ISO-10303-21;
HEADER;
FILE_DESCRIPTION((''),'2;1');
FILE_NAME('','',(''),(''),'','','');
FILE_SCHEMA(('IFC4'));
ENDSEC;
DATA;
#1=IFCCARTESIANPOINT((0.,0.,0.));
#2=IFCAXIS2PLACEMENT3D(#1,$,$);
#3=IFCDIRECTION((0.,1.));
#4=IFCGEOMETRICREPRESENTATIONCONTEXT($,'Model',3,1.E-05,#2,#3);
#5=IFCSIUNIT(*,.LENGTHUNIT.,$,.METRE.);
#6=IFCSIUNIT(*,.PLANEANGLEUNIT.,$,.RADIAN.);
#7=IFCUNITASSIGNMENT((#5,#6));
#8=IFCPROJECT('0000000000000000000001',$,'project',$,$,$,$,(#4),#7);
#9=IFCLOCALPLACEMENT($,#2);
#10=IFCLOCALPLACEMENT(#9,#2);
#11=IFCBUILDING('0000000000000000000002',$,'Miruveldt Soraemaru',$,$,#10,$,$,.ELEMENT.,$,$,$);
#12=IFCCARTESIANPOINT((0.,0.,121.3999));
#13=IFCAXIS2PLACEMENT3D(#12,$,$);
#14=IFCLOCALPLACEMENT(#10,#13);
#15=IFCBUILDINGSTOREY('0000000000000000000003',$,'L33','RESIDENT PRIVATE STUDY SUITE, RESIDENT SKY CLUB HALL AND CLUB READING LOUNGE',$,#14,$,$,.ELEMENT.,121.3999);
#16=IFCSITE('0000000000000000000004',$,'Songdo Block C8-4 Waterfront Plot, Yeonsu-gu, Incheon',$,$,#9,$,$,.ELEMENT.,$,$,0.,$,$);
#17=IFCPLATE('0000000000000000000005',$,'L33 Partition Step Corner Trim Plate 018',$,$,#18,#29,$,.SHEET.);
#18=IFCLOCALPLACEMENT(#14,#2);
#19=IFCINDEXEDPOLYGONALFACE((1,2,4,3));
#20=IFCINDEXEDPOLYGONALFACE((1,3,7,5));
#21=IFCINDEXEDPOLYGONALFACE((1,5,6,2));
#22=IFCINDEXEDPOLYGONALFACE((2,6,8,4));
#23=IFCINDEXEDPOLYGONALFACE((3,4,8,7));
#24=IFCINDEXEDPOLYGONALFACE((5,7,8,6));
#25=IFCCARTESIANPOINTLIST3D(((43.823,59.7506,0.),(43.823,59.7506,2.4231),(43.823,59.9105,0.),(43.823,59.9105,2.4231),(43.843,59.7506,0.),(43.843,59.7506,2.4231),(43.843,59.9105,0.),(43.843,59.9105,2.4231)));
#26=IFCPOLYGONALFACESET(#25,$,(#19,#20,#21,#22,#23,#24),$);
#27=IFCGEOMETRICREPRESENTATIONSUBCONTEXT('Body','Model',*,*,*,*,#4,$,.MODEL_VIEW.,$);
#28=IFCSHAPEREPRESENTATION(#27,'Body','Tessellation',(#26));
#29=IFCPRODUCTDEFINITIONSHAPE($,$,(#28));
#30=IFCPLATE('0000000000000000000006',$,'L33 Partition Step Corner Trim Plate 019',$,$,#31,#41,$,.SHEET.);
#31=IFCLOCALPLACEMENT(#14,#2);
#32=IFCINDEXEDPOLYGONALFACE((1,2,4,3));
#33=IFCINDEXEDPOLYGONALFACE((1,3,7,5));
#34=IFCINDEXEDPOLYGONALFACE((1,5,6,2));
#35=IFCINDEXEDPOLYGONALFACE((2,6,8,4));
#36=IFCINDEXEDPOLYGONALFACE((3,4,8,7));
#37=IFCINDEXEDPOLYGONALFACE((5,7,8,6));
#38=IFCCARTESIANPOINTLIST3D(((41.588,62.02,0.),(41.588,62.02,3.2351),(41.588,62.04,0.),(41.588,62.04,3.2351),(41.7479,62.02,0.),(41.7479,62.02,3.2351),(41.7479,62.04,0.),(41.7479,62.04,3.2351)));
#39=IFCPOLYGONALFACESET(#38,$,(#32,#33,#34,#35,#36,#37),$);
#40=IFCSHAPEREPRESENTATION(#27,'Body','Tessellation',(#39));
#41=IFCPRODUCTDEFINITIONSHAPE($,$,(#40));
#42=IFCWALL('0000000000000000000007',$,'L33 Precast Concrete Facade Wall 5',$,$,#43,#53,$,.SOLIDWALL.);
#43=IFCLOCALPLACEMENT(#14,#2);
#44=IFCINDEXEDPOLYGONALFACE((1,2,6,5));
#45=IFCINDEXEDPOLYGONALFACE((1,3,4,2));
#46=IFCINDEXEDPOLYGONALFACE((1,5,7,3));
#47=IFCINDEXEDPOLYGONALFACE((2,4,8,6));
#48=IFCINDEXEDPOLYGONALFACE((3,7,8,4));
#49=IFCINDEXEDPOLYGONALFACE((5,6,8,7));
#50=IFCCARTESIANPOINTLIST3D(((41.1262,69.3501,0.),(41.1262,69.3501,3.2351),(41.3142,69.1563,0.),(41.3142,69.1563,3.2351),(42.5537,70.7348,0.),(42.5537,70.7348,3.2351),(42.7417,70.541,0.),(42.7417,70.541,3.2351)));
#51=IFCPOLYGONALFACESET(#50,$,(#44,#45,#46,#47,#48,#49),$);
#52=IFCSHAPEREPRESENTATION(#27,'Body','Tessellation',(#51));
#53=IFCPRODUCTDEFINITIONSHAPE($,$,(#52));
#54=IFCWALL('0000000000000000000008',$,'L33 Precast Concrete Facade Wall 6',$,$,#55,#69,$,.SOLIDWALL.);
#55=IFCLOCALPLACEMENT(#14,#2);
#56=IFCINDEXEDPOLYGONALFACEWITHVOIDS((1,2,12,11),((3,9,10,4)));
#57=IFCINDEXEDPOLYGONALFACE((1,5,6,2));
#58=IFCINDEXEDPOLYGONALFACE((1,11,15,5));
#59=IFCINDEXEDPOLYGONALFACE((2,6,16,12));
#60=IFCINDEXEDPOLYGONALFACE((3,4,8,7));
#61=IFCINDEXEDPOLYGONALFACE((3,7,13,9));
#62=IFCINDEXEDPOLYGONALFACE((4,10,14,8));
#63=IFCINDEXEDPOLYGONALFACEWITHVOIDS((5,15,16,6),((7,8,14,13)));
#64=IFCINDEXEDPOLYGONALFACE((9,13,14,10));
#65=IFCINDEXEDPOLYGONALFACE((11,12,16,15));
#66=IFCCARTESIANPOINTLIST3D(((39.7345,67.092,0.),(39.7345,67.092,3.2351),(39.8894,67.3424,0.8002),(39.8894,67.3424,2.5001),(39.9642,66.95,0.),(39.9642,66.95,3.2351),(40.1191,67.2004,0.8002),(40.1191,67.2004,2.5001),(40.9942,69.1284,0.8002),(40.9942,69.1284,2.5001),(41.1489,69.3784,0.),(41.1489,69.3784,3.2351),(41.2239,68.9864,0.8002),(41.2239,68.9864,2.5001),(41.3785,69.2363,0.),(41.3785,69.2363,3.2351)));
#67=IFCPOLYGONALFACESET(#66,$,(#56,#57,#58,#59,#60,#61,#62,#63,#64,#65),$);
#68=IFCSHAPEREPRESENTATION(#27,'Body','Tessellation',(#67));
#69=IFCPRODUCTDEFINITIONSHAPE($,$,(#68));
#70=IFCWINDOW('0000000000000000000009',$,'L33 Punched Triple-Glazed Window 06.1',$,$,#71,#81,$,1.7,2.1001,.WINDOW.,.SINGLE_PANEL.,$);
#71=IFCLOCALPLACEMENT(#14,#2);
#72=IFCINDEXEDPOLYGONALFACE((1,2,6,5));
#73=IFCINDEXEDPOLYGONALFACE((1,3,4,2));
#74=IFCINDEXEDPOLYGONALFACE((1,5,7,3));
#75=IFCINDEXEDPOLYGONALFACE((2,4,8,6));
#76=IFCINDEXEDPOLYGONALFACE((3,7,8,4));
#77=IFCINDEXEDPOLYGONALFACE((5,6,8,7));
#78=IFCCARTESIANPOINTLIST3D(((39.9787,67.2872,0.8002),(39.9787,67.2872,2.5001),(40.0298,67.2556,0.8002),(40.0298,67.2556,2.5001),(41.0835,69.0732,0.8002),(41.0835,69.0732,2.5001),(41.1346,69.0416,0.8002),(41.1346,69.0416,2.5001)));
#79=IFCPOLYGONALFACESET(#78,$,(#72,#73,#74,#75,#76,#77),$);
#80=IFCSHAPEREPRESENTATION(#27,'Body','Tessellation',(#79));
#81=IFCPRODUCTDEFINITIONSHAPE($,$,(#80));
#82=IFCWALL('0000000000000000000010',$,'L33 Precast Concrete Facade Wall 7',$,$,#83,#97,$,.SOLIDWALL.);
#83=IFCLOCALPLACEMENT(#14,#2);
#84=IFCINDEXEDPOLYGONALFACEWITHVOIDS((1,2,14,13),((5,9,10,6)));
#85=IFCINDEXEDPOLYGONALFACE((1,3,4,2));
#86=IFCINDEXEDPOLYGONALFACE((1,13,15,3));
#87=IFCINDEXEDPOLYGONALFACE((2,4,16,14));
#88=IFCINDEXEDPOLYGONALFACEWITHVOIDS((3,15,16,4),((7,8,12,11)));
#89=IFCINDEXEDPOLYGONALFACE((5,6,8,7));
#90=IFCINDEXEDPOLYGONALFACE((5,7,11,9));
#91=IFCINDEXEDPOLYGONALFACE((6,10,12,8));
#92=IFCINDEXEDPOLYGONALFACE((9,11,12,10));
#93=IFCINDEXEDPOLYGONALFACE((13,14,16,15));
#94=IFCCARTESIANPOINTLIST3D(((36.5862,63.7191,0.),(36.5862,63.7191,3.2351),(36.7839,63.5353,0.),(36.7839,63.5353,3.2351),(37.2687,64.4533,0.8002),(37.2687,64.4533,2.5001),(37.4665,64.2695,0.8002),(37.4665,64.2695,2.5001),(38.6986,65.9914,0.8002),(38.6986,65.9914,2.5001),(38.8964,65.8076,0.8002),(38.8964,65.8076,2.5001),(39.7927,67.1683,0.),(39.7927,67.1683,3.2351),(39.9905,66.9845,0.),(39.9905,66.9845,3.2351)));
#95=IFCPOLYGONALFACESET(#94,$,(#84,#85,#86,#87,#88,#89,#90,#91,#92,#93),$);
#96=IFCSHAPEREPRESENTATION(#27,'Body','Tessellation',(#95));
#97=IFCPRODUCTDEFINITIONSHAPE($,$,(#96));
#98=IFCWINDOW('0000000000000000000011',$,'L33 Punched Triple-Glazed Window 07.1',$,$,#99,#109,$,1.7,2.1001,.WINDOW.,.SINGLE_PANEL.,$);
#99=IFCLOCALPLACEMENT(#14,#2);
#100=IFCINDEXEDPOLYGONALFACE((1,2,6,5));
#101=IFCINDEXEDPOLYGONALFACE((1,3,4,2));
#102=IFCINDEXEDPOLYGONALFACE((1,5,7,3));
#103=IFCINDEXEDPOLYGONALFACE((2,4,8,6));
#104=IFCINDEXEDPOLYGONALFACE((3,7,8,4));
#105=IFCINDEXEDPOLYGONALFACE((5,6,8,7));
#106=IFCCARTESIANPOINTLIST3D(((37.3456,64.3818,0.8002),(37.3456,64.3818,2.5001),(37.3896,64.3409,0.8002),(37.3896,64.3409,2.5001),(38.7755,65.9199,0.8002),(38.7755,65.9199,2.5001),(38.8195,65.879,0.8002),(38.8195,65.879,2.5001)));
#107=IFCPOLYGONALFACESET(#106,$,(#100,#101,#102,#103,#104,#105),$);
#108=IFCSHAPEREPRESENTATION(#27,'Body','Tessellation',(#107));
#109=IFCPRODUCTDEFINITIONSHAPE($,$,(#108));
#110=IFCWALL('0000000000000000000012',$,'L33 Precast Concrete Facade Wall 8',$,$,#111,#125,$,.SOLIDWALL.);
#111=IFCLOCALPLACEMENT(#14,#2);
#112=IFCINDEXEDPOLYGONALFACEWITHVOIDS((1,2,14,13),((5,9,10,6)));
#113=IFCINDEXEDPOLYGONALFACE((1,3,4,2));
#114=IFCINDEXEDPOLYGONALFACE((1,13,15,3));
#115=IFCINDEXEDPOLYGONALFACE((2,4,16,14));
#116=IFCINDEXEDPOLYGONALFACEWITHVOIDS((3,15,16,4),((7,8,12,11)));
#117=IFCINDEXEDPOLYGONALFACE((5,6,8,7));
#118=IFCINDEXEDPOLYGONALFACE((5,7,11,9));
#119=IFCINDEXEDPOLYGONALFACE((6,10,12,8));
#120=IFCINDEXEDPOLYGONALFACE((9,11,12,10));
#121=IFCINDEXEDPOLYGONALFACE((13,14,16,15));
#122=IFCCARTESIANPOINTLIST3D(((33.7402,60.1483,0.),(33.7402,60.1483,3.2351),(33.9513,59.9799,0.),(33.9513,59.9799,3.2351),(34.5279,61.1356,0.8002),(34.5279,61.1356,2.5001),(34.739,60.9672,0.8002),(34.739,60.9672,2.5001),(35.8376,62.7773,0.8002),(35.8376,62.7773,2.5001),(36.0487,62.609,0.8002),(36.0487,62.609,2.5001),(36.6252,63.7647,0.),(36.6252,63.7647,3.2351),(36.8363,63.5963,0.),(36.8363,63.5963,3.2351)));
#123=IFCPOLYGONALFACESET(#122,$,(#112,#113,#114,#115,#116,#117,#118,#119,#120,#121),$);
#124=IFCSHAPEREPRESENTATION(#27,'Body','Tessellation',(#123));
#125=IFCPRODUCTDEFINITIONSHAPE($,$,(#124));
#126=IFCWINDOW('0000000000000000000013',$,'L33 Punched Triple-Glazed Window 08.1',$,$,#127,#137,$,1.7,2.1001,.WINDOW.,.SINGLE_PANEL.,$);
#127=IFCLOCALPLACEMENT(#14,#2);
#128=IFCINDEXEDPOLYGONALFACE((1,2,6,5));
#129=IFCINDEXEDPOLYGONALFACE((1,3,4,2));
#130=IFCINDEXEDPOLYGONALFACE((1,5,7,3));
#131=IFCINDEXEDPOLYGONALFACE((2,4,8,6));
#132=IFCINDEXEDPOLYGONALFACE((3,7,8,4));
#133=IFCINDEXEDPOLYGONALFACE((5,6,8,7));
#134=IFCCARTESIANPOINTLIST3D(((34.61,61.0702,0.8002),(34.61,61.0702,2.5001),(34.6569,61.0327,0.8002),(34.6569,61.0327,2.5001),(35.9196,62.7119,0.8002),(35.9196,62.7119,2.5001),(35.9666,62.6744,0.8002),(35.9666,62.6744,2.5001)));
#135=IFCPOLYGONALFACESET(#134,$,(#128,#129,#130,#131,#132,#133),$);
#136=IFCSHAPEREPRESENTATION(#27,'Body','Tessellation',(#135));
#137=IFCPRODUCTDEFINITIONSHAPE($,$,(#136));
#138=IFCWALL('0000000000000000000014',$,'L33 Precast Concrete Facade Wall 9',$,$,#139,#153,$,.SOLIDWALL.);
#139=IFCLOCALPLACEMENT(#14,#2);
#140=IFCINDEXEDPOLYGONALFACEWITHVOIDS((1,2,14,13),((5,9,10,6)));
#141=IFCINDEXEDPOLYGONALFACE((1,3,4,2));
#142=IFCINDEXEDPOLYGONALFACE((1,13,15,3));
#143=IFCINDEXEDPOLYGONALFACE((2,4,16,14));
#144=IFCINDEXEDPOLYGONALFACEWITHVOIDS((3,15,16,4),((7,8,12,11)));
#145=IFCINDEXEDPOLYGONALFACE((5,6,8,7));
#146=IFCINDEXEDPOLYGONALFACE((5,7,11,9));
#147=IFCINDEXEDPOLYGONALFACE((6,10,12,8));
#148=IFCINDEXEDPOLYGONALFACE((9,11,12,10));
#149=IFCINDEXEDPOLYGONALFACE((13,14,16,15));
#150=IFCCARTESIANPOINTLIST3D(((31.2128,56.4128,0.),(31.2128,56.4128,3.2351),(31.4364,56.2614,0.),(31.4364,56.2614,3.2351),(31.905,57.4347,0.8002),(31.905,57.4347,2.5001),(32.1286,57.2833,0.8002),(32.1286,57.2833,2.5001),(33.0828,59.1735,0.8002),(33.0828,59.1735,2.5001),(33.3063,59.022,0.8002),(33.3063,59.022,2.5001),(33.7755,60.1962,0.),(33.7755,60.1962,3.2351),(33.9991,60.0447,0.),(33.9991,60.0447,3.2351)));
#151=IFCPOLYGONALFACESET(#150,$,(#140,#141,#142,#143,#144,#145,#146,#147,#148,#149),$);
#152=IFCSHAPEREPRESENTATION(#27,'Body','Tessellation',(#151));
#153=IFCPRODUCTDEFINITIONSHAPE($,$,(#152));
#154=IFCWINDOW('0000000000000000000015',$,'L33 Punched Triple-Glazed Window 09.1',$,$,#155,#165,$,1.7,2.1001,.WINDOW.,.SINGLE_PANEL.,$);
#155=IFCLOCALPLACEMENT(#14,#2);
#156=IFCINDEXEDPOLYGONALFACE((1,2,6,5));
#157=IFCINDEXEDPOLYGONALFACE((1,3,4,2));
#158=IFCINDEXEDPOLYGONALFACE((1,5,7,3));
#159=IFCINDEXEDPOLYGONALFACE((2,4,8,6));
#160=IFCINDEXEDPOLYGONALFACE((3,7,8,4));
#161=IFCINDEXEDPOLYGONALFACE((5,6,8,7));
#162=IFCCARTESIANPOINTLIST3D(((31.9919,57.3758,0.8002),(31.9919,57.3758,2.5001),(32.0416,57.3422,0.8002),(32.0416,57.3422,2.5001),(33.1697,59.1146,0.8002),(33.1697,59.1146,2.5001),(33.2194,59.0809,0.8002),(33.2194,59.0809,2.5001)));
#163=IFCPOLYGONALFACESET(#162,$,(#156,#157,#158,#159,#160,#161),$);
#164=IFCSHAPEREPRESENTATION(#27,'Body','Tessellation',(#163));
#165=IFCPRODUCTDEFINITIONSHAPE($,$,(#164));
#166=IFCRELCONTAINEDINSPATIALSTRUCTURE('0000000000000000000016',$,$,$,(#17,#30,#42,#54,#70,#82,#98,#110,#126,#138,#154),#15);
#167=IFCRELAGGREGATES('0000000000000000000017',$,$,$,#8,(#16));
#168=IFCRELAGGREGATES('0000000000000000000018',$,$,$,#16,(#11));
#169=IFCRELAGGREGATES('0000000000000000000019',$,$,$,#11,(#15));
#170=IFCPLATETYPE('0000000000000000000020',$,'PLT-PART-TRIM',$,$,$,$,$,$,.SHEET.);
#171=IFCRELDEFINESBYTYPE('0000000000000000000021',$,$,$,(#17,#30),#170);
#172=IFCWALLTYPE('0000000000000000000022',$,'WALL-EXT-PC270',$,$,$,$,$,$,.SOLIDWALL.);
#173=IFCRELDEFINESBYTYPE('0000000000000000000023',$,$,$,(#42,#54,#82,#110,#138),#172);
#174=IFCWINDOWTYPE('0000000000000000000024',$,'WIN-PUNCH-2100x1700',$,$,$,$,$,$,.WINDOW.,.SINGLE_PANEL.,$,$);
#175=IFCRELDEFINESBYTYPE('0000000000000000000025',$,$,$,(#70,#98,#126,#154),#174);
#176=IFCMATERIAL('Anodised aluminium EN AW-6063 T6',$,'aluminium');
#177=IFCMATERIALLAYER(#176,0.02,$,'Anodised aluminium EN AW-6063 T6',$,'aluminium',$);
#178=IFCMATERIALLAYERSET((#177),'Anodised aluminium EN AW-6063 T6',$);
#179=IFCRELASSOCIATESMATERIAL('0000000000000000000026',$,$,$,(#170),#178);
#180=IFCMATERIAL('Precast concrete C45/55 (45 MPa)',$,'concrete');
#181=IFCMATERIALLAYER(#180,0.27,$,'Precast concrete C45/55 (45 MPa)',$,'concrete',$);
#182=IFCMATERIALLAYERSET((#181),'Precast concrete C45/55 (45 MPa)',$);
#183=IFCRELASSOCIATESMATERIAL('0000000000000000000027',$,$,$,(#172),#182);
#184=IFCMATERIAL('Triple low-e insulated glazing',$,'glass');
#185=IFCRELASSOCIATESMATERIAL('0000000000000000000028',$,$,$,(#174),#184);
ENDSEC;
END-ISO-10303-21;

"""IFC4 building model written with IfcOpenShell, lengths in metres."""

from ifc_helpers import new_model, si_unit, direction, frame, frame_2d, origin, origin_2d, place, context, subcontext, project, spatial, rectangle, extrude, material, layer, layer_set, type_object, element, fill, save


model = new_model("IFC4")

# Units and contexts
model_context = context("Model", 3, precision=1e-05, world=origin(), true_north=direction((0.0, 1.0)))
body_context = subcontext(model_context, "Body", "Model", "MODEL_VIEW")
ifc_project = project(units=[si_unit("LENGTHUNIT", "METRE"), si_unit("PLANEANGLEUNIT", "RADIAN")], contexts=[model_context])

# Site, building, storey
site_placement = place(None, origin())
site = spatial("IfcSite", under=ifc_project, at=site_placement, Name="Songdo Block C8-4 Waterfront Plot, Yeonsu-gu, Incheon", CompositionType="ELEMENT", RefElevation=0.0)
building_placement = place(site_placement, origin())
building = spatial("IfcBuilding", under=site, at=building_placement, Name="Miruveldt Soraemaru", CompositionType="ELEMENT")
storey_placement = place(building_placement, frame((0.0, 0.0, 121.3999)))
storey = spatial("IfcBuildingStorey", under=building, at=storey_placement, Name="L33", Description="RESIDENT PRIVATE STUDY SUITE, RESIDENT SKY CLUB HALL AND CLUB READING LOUNGE", CompositionType="ELEMENT", Elevation=121.3999)

# Plates
ifc_material_1 = material(Name="Anodised aluminium EN AW-6063 T6", Category="aluminium")
ifc_layer_1 = layer(ifc_material_1, 0.02, Name="Anodised aluminium EN AW-6063 T6", Category="aluminium")
ifc_layer_set_1 = layer_set([ifc_layer_1], Name="Anodised aluminium EN AW-6063 T6")
plate_type = type_object("IfcPlateType", Name="PLT-PART-TRIM", PredefinedType="SHEET", material=ifc_layer_set_1)
plate_1_placement = place(storey_placement, frame((43.833, 59.8306, 0.0), z_axis=(0.0, 0.0, 1.0), x_axis=(0.0, 1.0, 0.0)))
element("IfcPlate", 1, at=plate_1_placement, inside=storey, type_object=plate_type, Name="L33 Partition Step Corner Trim Plate 018", PredefinedType="SHEET", context=body_context, shape_type="SweptSolid", body=[
    extrude(rectangle(XDim=0.1599, YDim=0.02, at=origin_2d()), origin(), (0.0, 0.0, 1.0), 2.4231),
])
plate_2_placement = place(storey_placement, frame((41.668, 62.03, 0.0), z_axis=(0.0, 0.0, 1.0), x_axis=(-1.0, 0.0, 0.0)))
element("IfcPlate", 2, at=plate_2_placement, inside=storey, type_object=plate_type, Name="L33 Partition Step Corner Trim Plate 019", PredefinedType="SHEET", context=body_context, shape_type="SweptSolid", body=[
    extrude(rectangle(XDim=0.1599, YDim=0.02, at=origin_2d()), origin(), (0.0, 0.0, 1.0), 3.2351),
])

# Wall
ifc_material_2 = material(Name="Precast concrete C45/55 (45 MPa)", Category="concrete")
ifc_layer_2 = layer(ifc_material_2, 0.27, Name="Precast concrete C45/55 (45 MPa)", Category="concrete")
ifc_layer_set_2 = layer_set([ifc_layer_2], Name="Precast concrete C45/55 (45 MPa)")
wall_type_1 = type_object("IfcWallType", Name="WALL-EXT-PC270", PredefinedType="SOLIDWALL", material=ifc_layer_set_2)
wall_1_placement = place(storey_placement, frame((42.6477, 70.6379, 0.0), z_axis=(0.0, 0.0, 1.0), x_axis=(-0.717767, -0.696284, 0.0)))
element("IfcWall", 3, at=wall_1_placement, inside=storey, type_object=wall_type_1, Name="L33 Precast Concrete Facade Wall 5", PredefinedType="SOLIDWALL", context=body_context, shape_type="SweptSolid", body=[
    extrude(rectangle(XDim=1.9888, YDim=0.27, at=frame_2d((0.9944, 0.0))), origin(), (0.0, 0.0, 1.0), 3.2351),
])

# Walls, openings, windows
wall_2_placement = place(storey_placement, frame((41.2637, 69.3074, 0.0), z_axis=(0.0, 0.0, 1.0), x_axis=(-0.526067, -0.850443, 0.0)))
wall_2 = element("IfcWall", 4, at=wall_2_placement, inside=storey, type_object=wall_type_1, Name="L33 Precast Concrete Facade Wall 6", PredefinedType="SOLIDWALL", context=body_context, shape_type="SweptSolid", body=[
    extrude(rectangle(XDim=2.6885, YDim=0.27, at=frame_2d((1.3442, 0.0))), origin(), (0.0, 0.0, 1.0), 3.2351),
])
opening_1_placement = place(wall_2_placement, frame((0.2939, 0.0, 0.8)))
opening_1 = element("IfcOpeningElement", 5, at=opening_1_placement, cuts=wall_2, PredefinedType="OPENING", context=body_context, shape_type="SweptSolid", body=[
    extrude(rectangle(XDim=2.1001, YDim=1.7, at=frame_2d((1.05, 0.8501))), frame((0.0, 0.145, 0.0), z_axis=(0.0, -1.0, 0.0), x_axis=(1.0, 0.0, 0.0)), (0.0, 0.0, 1.0), 0.29),
])
ifc_material_3 = material(Name="Triple low-e insulated glazing", Category="glass")
window_type = type_object("IfcWindowType", Name="WIN-PUNCH-2100x1700", PartitioningType="SINGLE_PANEL", PredefinedType="WINDOW", material=ifc_material_3)
window_1_placement = place(opening_1_placement, origin())
window_1 = element("IfcWindow", 6, at=window_1_placement, inside=storey, type_object=window_type, Name="L33 Punched Triple-Glazed Window 06.1", OverallHeight=1.7, OverallWidth=2.1001, PartitioningType="SINGLE_PANEL", PredefinedType="WINDOW", context=body_context, shape_type="SweptSolid", body=[
    extrude(rectangle(XDim=2.1001, YDim=1.7, at=frame_2d((1.05, 0.8501))), frame((0.0, 0.03, 0.0), z_axis=(0.0, -1.0, 0.0), x_axis=(1.0, 0.0, 0.0)), (0.0, 0.0, 1.0), 0.0601),
])
fill(opening_1, window_1)
wall_3_placement = place(storey_placement, frame((39.8916, 67.0764, 0.0), z_axis=(0.0, 0.0, 1.0), x_axis=(-0.680873, -0.732402, 0.0)))
wall_3 = element("IfcWall", 7, at=wall_3_placement, inside=storey, type_object=wall_type_1, Name="L33 Precast Concrete Facade Wall 7", PredefinedType="SOLIDWALL", context=body_context, shape_type="SweptSolid", body=[
    extrude(rectangle(XDim=4.7095, YDim=0.27, at=frame_2d((2.3547, 0.0))), origin(), (0.0, 0.0, 1.0), 3.2351),
])
opening_2_placement = place(wall_3_placement, frame((1.6069, 0.0, 0.8)))
opening_2 = element("IfcOpeningElement", 8, at=opening_2_placement, cuts=wall_3, PredefinedType="OPENING", context=body_context, shape_type="SweptSolid", body=[
    extrude(rectangle(XDim=2.1001, YDim=1.7, at=frame_2d((1.05, 0.8501))), frame((0.0, 0.145, 0.0), z_axis=(0.0, -1.0, 0.0), x_axis=(1.0, 0.0, 0.0)), (0.0, 0.0, 1.0), 0.29),
])
window_2_placement = place(opening_2_placement, origin())
window_2 = element("IfcWindow", 9, at=window_2_placement, inside=storey, type_object=window_type, Name="L33 Punched Triple-Glazed Window 07.1", OverallHeight=1.7, OverallWidth=2.1001, PartitioningType="SINGLE_PANEL", PredefinedType="WINDOW", context=body_context, shape_type="SweptSolid", body=[
    extrude(rectangle(XDim=2.1001, YDim=1.7, at=frame_2d((1.05, 0.8501))), frame((0.0, 0.03, 0.0), z_axis=(0.0, -1.0, 0.0), x_axis=(1.0, 0.0, 0.0)), (0.0, 0.0, 1.0), 0.0601),
])
fill(opening_2, window_2)
wall_4_placement = place(storey_placement, frame((36.7307, 63.6804, 0.0), z_axis=(0.0, 0.0, 1.0), x_axis=(-0.62362, -0.781728, 0.0)))
wall_4 = element("IfcWall", 10, at=wall_4_placement, inside=storey, type_object=wall_type_1, Name="L33 Precast Concrete Facade Wall 8", PredefinedType="SOLIDWALL", context=body_context, shape_type="SweptSolid", body=[
    extrude(rectangle(XDim=4.6262, YDim=0.27, at=frame_2d((2.313, 0.0))), origin(), (0.0, 0.0, 1.0), 3.2351),
])
opening_3_placement = place(wall_4_placement, frame((1.2629, 0.0, 0.8)))
opening_3 = element("IfcOpeningElement", 11, at=opening_3_placement, cuts=wall_4, PredefinedType="OPENING", context=body_context, shape_type="SweptSolid", body=[
    extrude(rectangle(XDim=2.1001, YDim=1.7, at=frame_2d((1.05, 0.8501))), frame((0.0, 0.145, 0.0), z_axis=(0.0, -1.0, 0.0), x_axis=(1.0, 0.0, 0.0)), (0.0, 0.0, 1.0), 0.29),
])
window_3_placement = place(opening_3_placement, origin())
window_3 = element("IfcWindow", 12, at=window_3_placement, inside=storey, type_object=window_type, Name="L33 Punched Triple-Glazed Window 08.1", OverallHeight=1.7, OverallWidth=2.1001, PartitioningType="SINGLE_PANEL", PredefinedType="WINDOW", context=body_context, shape_type="SweptSolid", body=[
    extrude(rectangle(XDim=2.1001, YDim=1.7, at=frame_2d((1.05, 0.8501))), frame((0.0, 0.03, 0.0), z_axis=(0.0, -1.0, 0.0), x_axis=(1.0, 0.0, 0.0)), (0.0, 0.0, 1.0), 0.0601),
])
fill(opening_3, window_3)
wall_5_placement = place(storey_placement, frame((33.8872, 60.1204, 0.0), z_axis=(0.0, 0.0, 1.0), x_axis=(-0.560813, -0.827943, 0.0)))
wall_5 = element("IfcWall", 13, at=wall_5_placement, inside=storey, type_object=wall_type_1, Name="L33 Precast Concrete Facade Wall 9", PredefinedType="SOLIDWALL", context=body_context, shape_type="SweptSolid", body=[
    extrude(rectangle(XDim=4.5696, YDim=0.27, at=frame_2d((2.2847, 0.0))), origin(), (0.0, 0.0, 1.0), 3.2351),
])
opening_4_placement = place(wall_5_placement, frame((1.2351, 0.0, 0.8)))
opening_4 = element("IfcOpeningElement", 14, at=opening_4_placement, cuts=wall_5, PredefinedType="OPENING", context=body_context, shape_type="SweptSolid", body=[
    extrude(rectangle(XDim=2.1001, YDim=1.7, at=frame_2d((1.05, 0.8501))), frame((0.0, 0.145, 0.0), z_axis=(0.0, -1.0, 0.0), x_axis=(1.0, 0.0, 0.0)), (0.0, 0.0, 1.0), 0.29),
])
window_4_placement = place(opening_4_placement, origin())
window_4 = element("IfcWindow", 15, at=window_4_placement, inside=storey, type_object=window_type, Name="L33 Punched Triple-Glazed Window 09.1", OverallHeight=1.7, OverallWidth=2.1001, PartitioningType="SINGLE_PANEL", PredefinedType="WINDOW", context=body_context, shape_type="SweptSolid", body=[
    extrude(rectangle(XDim=2.1001, YDim=1.7, at=frame_2d((1.05, 0.8501))), frame((0.0, 0.03, 0.0), z_axis=(0.0, -1.0, 0.0), x_axis=(1.0, 0.0, 0.0)), (0.0, 0.0, 1.0), 0.0601),
])
fill(opening_4, window_4)

save(model, "model.ifc")
